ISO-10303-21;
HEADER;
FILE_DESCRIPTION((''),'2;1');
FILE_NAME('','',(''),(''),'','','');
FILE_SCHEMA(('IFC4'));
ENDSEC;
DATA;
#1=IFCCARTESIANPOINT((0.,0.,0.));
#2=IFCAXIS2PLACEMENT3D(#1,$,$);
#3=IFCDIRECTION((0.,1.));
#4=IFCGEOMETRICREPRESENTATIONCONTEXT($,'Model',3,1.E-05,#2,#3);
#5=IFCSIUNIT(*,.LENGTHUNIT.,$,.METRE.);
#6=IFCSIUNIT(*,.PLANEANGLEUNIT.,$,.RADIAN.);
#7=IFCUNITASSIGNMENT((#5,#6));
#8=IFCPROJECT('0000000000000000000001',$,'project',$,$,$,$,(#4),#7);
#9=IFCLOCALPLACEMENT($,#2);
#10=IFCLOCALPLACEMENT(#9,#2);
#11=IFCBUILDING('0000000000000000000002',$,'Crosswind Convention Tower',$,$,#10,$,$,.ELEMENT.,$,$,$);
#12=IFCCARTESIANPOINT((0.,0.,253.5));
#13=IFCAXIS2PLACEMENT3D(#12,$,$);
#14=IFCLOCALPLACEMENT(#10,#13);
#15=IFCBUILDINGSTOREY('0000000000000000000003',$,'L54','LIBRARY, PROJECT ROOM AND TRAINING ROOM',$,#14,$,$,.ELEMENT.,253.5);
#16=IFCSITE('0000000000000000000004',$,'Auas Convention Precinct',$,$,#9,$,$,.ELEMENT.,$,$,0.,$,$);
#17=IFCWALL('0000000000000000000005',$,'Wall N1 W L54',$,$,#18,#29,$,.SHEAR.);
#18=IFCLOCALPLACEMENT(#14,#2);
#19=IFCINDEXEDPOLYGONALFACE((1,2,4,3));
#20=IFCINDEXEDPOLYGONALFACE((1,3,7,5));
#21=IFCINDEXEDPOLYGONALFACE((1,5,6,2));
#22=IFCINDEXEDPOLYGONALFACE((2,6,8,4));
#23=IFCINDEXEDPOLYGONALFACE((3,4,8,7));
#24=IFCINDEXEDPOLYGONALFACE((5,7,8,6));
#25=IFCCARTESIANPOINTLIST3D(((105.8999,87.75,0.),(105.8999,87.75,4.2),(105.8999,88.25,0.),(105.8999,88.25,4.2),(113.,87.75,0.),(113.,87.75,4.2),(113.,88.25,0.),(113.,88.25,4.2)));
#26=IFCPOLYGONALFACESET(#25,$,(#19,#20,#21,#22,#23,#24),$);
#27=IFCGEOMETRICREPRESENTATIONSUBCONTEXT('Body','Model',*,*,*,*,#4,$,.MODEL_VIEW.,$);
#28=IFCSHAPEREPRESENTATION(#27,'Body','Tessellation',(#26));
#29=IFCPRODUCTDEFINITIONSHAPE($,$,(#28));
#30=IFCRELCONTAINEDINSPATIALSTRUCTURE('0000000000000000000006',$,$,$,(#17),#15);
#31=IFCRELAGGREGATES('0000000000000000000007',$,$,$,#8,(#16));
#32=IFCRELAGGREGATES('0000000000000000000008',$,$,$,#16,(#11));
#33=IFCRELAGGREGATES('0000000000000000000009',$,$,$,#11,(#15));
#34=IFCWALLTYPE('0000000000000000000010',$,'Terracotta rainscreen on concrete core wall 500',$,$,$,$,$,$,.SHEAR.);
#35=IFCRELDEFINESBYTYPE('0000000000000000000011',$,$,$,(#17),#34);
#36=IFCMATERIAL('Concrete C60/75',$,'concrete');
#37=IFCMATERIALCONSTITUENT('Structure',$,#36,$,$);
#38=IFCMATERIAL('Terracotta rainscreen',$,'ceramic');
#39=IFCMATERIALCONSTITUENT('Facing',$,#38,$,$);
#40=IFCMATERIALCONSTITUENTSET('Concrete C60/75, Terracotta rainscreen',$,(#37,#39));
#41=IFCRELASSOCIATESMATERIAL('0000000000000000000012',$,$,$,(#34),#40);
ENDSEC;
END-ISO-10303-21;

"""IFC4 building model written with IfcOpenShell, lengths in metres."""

from ifc_helpers import new_model, si_unit, direction, frame, frame_2d, origin, place, context, subcontext, project, spatial, rectangle, extrude, material, constituent, constituent_set, type_object, element, save


model = new_model("IFC4")

# Units and contexts
model_context = context("Model", 3, precision=1e-05, world=origin(), true_north=direction((0.0, 1.0)))
body_context = subcontext(model_context, "Body", "Model", "MODEL_VIEW")
ifc_project = project(units=[si_unit("LENGTHUNIT", "METRE"), si_unit("PLANEANGLEUNIT", "RADIAN")], contexts=[model_context])

# Site, building, storey
site_placement = place(None, origin())
site = spatial("IfcSite", under=ifc_project, at=site_placement, Name="Auas Convention Precinct", CompositionType="ELEMENT", RefElevation=0.0)
building_placement = place(site_placement, origin())
building = spatial("IfcBuilding", under=site, at=building_placement, Name="Crosswind Convention Tower", CompositionType="ELEMENT")
storey_placement = place(building_placement, frame((0.0, 0.0, 253.5)))
storey = spatial("IfcBuildingStorey", under=building, at=storey_placement, Name="L54", Description="LIBRARY, PROJECT ROOM AND TRAINING ROOM", CompositionType="ELEMENT", Elevation=253.5)

# Shared definitions
ifc_material_1 = material(Name="Concrete C60/75", Category="concrete")

# Wall
ifc_constituent_1 = constituent(ifc_material_1, Name="Structure")
ifc_material_2 = material(Name="Terracotta rainscreen", Category="ceramic")
ifc_constituent_2 = constituent(ifc_material_2, Name="Facing")
ifc_constituent_set = constituent_set(constituents=[ifc_constituent_1, ifc_constituent_2], Name="Concrete C60/75, Terracotta rainscreen")
wall_type_1 = type_object("IfcWallType", Name="Terracotta rainscreen on concrete core wall 500", PredefinedType="SHEAR", material=ifc_constituent_set)
wall_1_placement = place(storey_placement, frame((113.0, 88.0, 0.0), z_axis=(0.0, 0.0, 1.0), x_axis=(-1.0, 0.0, 0.0)))
element("IfcWall", 1, at=wall_1_placement, inside=storey, type_object=wall_type_1, Name="Wall N1 W L54", PredefinedType="SHEAR", context=body_context, shape_type="SweptSolid", body=[
    extrude(rectangle(XDim=7.1001, YDim=0.5, at=frame_2d((3.55, 0.0))), origin(), (0.0, 0.0, 1.0), 4.2),
])

save(model, "model.ifc")
